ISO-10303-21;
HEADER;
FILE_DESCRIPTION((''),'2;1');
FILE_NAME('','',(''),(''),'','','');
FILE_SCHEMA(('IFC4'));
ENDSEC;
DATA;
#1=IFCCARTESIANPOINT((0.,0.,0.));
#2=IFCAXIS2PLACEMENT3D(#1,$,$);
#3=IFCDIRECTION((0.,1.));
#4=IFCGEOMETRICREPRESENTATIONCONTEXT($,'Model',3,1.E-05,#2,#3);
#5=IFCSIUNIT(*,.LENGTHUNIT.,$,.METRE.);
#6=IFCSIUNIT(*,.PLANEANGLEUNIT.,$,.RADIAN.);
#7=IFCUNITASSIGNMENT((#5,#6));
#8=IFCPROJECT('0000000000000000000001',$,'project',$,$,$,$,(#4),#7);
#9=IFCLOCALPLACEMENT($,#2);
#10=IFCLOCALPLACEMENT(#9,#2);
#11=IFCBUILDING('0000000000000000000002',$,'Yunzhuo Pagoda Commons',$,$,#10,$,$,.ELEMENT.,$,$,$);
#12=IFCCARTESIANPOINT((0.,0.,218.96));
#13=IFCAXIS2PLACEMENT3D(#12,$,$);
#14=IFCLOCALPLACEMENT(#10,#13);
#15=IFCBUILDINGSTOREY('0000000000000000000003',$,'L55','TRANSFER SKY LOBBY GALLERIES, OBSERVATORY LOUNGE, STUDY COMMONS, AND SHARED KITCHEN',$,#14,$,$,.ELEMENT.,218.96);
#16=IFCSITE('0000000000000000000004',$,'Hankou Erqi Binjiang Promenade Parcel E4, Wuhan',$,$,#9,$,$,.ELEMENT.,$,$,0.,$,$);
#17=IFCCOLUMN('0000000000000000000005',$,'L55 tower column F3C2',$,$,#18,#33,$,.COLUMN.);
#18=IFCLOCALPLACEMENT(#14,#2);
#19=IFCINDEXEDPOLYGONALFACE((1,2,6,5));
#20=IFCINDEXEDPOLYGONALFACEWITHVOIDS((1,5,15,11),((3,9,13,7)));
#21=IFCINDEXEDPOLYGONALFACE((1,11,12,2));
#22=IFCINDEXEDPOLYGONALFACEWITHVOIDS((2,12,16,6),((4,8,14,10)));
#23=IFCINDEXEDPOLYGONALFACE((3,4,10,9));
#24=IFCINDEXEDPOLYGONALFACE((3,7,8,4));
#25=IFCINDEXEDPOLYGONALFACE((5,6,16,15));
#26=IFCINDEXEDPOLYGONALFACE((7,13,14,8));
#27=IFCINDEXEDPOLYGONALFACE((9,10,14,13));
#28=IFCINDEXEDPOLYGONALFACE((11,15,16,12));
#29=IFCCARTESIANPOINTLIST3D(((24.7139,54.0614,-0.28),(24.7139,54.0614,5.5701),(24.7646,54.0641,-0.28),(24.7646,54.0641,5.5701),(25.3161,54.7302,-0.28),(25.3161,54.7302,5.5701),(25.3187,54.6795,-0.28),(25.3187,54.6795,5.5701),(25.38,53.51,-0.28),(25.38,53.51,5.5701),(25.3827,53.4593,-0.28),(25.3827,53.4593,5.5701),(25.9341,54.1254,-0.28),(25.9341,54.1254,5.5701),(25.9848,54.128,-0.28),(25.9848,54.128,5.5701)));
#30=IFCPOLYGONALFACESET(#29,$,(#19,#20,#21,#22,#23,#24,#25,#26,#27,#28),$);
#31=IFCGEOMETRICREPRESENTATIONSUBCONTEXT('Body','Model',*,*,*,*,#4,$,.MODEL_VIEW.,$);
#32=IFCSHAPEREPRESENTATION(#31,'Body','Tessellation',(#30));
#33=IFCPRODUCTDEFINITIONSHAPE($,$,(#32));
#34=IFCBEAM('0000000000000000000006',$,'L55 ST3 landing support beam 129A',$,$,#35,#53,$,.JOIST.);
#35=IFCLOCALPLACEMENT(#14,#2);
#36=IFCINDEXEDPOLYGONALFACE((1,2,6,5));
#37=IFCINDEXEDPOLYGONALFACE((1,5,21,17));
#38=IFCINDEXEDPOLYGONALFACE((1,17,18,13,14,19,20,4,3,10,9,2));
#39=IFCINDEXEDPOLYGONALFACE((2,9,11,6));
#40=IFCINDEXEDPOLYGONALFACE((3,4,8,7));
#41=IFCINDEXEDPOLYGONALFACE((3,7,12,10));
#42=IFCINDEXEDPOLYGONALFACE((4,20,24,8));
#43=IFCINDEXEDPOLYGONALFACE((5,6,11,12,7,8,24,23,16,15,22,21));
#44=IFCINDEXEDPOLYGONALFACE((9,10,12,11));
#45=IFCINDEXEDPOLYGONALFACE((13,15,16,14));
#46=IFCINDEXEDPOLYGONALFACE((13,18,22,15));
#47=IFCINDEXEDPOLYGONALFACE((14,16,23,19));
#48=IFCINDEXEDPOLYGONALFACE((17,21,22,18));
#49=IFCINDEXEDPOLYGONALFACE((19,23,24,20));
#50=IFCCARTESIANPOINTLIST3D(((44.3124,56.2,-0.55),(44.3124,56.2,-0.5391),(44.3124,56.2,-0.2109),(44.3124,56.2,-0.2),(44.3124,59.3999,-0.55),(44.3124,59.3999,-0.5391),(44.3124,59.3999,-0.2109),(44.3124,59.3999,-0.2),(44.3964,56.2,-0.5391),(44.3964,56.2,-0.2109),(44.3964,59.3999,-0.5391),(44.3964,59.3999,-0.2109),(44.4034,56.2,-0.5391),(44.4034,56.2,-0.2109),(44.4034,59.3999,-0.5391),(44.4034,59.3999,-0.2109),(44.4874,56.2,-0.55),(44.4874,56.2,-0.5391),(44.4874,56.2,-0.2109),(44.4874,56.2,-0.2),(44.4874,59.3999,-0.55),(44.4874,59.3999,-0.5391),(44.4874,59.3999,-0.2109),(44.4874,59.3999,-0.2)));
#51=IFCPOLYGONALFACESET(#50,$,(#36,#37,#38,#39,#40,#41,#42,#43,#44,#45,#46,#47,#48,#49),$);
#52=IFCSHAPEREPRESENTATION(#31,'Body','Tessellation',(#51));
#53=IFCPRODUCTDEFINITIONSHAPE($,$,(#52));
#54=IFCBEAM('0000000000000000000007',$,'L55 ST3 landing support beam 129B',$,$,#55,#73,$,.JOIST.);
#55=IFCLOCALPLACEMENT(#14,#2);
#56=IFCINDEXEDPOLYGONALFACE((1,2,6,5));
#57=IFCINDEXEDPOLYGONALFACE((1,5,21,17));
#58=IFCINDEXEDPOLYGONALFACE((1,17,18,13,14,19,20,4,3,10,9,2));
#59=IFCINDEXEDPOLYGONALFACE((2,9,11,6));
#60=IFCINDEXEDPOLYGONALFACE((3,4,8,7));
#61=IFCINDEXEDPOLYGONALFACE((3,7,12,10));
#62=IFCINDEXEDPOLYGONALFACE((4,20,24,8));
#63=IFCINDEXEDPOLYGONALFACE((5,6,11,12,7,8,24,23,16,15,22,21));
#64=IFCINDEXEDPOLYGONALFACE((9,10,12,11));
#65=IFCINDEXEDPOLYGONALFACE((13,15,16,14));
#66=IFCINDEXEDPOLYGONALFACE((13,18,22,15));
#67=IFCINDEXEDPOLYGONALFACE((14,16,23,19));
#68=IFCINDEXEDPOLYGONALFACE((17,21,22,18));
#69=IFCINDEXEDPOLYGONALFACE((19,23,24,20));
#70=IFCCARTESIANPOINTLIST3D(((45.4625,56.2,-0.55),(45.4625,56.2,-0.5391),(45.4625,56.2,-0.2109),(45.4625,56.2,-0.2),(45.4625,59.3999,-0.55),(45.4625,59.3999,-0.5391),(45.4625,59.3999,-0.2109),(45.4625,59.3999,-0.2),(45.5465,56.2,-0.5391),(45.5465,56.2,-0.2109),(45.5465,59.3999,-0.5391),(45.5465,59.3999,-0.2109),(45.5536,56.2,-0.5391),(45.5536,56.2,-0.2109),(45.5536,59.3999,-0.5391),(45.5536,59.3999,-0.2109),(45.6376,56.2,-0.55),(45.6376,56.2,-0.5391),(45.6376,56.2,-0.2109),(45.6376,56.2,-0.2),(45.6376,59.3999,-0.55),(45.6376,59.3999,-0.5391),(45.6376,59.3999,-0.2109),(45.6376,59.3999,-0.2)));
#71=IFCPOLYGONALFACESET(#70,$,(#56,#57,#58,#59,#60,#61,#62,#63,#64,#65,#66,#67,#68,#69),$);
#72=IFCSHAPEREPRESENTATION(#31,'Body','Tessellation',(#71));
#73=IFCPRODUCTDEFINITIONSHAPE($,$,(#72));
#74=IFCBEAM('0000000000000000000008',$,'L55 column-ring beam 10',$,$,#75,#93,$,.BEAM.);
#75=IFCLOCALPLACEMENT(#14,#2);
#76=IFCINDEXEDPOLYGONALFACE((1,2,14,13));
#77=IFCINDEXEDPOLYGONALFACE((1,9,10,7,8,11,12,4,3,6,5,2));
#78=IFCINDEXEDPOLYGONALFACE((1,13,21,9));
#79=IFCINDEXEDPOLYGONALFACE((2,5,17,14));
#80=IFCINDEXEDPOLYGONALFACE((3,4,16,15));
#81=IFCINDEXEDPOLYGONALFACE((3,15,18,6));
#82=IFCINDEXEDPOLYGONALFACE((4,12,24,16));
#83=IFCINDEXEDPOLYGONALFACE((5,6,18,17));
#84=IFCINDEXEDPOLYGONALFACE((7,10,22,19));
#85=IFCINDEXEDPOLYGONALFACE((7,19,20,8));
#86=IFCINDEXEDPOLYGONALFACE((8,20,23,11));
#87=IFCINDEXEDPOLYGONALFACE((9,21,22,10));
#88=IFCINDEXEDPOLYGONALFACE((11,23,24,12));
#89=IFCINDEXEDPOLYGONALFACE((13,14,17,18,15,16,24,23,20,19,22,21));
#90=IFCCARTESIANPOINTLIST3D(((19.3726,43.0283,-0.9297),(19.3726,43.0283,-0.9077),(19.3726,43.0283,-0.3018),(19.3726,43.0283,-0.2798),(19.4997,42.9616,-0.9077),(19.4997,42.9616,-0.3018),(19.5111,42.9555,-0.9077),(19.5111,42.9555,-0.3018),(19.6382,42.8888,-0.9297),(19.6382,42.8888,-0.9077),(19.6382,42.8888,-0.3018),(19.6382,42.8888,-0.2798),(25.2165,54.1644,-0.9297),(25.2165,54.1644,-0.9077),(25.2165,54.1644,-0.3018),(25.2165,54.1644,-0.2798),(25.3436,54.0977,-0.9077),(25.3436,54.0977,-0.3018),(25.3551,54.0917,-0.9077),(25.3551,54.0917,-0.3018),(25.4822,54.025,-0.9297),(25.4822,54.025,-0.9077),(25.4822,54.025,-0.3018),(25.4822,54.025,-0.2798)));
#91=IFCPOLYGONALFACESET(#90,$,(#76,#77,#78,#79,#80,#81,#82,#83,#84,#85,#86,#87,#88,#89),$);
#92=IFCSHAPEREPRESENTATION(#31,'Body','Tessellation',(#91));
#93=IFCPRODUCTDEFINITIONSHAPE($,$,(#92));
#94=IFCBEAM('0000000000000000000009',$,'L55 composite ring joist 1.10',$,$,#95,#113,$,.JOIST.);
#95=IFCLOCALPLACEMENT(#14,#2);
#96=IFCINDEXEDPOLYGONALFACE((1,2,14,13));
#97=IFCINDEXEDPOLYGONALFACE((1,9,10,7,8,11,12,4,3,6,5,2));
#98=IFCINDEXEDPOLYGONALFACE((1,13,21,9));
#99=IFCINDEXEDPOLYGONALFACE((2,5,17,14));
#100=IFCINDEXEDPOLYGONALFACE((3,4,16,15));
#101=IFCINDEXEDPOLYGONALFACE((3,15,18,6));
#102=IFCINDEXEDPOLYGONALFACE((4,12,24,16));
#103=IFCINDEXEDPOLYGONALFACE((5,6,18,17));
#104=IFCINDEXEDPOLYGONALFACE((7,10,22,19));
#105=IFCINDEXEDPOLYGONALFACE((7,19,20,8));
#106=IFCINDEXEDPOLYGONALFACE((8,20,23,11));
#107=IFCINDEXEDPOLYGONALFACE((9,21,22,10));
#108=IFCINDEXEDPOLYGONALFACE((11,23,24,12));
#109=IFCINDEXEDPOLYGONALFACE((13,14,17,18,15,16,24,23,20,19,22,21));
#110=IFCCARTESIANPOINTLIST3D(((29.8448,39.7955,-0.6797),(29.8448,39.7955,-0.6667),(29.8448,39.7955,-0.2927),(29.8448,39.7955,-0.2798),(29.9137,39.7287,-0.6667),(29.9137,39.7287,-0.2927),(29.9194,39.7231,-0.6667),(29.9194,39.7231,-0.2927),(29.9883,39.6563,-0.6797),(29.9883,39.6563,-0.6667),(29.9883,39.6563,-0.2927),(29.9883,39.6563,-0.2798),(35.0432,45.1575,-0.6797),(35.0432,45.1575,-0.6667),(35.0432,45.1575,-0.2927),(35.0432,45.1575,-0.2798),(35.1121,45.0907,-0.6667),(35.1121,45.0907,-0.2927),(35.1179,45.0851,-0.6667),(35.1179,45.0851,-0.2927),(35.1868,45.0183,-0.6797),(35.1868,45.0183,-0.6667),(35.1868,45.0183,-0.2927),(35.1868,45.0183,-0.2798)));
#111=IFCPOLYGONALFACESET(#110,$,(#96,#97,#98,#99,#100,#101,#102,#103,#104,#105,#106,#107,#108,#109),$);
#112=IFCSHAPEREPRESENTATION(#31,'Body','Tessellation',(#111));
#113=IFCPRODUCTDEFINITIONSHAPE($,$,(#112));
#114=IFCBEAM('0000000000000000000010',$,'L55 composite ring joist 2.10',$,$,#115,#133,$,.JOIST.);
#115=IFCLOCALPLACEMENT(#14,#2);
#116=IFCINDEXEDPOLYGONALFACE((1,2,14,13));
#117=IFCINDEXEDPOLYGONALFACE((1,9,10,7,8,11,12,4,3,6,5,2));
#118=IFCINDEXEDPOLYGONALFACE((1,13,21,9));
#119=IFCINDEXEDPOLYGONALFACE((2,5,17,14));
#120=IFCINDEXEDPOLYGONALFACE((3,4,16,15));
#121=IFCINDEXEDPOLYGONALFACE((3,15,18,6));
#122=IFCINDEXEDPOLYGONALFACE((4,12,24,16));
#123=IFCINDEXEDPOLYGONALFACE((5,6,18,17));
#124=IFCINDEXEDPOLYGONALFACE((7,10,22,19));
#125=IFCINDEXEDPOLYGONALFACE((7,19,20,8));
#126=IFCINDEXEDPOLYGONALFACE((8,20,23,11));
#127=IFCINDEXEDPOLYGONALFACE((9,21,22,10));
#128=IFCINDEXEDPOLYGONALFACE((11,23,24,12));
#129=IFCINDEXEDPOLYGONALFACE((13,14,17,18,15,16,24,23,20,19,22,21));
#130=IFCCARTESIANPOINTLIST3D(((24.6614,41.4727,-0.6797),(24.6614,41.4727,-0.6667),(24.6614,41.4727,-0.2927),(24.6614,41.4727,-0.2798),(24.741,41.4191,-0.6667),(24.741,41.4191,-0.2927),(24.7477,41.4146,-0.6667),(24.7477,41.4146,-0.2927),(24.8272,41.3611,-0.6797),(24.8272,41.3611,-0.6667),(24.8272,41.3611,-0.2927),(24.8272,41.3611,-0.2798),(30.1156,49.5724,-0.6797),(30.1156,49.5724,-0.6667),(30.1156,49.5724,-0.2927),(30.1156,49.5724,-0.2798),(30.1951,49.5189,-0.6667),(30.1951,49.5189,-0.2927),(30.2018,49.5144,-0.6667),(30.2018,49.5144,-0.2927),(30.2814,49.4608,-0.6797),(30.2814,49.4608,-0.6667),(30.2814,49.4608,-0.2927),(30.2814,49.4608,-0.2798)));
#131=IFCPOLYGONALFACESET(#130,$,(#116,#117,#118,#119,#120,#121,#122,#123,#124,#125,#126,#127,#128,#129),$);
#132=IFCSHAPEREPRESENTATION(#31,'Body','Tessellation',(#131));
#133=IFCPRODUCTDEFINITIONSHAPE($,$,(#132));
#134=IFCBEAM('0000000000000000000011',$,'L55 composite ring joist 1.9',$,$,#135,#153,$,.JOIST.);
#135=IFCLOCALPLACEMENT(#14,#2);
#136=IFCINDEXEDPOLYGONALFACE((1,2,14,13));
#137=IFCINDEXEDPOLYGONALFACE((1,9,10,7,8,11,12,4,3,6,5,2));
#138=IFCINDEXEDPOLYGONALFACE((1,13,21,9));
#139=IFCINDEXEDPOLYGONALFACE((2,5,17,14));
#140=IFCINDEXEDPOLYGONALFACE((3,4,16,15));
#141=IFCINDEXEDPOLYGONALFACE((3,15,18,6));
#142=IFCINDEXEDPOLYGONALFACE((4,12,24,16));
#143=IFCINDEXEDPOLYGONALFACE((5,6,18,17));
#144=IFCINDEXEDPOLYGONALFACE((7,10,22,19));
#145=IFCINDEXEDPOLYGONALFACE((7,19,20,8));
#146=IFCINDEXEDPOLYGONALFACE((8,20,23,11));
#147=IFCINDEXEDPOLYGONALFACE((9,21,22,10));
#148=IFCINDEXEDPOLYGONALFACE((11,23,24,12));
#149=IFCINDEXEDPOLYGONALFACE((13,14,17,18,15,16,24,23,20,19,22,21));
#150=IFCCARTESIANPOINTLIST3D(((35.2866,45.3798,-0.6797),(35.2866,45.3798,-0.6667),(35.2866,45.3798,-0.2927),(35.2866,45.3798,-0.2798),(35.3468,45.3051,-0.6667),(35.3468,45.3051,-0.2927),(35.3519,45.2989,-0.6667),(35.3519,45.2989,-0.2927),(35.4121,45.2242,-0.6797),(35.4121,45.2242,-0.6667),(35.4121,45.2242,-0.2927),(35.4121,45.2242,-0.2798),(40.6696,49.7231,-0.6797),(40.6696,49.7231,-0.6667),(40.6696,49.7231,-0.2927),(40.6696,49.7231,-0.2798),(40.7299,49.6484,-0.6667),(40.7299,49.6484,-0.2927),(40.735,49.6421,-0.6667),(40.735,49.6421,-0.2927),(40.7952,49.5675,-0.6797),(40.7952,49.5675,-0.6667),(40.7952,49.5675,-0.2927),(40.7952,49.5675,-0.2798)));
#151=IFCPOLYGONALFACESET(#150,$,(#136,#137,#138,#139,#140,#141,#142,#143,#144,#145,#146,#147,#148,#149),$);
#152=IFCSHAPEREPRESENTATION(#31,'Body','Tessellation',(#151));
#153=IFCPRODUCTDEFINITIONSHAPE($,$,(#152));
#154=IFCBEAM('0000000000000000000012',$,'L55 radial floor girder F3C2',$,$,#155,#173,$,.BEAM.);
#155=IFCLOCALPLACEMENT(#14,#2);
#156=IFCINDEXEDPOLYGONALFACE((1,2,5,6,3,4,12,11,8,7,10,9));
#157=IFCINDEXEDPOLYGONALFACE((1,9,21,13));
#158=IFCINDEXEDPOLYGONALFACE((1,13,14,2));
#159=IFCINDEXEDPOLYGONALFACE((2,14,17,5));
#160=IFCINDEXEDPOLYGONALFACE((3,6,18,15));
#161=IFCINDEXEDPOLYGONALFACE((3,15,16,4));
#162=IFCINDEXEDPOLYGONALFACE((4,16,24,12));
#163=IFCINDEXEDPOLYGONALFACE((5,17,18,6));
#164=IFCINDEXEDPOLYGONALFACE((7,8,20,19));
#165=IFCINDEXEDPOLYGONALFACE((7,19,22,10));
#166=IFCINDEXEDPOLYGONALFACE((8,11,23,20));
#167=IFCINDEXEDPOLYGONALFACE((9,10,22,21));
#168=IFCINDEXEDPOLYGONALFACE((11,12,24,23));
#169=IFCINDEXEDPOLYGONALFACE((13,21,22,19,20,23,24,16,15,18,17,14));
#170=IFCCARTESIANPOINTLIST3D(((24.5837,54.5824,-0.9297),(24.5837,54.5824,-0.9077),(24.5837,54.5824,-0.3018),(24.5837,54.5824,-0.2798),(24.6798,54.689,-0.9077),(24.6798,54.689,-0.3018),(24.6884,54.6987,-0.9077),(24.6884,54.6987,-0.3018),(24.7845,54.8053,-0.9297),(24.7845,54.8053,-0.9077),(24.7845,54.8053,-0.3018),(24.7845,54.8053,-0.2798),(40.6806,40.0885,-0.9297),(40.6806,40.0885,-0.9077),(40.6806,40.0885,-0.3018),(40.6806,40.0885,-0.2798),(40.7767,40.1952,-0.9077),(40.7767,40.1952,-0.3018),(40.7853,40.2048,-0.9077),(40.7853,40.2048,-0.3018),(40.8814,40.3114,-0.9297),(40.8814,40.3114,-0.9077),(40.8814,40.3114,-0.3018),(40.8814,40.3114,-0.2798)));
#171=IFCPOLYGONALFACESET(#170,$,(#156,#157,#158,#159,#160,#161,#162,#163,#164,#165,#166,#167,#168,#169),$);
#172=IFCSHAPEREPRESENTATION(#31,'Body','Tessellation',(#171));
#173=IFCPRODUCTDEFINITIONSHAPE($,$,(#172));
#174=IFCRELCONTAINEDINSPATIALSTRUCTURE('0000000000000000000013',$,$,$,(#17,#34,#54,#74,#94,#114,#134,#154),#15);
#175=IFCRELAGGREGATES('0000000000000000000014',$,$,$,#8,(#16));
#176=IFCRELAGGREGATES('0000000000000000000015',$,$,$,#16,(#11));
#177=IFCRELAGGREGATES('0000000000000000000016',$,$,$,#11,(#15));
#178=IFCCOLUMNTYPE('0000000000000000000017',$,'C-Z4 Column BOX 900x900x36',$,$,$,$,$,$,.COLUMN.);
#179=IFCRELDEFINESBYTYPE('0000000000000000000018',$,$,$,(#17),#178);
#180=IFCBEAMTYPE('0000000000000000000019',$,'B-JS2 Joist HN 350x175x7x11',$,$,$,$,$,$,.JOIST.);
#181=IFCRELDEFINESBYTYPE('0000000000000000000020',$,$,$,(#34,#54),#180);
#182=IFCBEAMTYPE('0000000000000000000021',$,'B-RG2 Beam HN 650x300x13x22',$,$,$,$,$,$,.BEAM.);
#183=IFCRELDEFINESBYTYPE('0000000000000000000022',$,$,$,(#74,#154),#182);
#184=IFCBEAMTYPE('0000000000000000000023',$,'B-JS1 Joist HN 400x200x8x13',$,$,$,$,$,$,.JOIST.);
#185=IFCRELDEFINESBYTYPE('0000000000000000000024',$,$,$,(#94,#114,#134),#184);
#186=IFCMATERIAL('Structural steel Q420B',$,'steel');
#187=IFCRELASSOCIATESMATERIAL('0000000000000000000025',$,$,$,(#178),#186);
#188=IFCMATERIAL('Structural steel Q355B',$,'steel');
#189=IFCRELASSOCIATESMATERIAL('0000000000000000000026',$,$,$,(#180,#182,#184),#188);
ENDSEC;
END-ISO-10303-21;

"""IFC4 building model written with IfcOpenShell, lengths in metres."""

from ifc_helpers import new_model, si_unit, direction, frame, origin, origin_2d, place, context, subcontext, project, spatial, hollow_rectangle, i_section, extrude, source, transform, mapped, material, material_profile, profile_set, type_object, element, save


model = new_model("IFC4")

# Units and contexts
model_context = context("Model", 3, precision=1e-05, world=origin(), true_north=direction((0.0, 1.0)))
body_context = subcontext(model_context, "Body", "Model", "MODEL_VIEW")
ifc_project = project(units=[si_unit("LENGTHUNIT", "METRE"), si_unit("PLANEANGLEUNIT", "RADIAN")], contexts=[model_context])

# Site, building, storey
site_placement = place(None, origin())
site = spatial("IfcSite", under=ifc_project, at=site_placement, Name="Hankou Erqi Binjiang Promenade Parcel E4, Wuhan", CompositionType="ELEMENT", RefElevation=0.0)
building_placement = place(site_placement, origin())
building = spatial("IfcBuilding", under=site, at=building_placement, Name="Yunzhuo Pagoda Commons", CompositionType="ELEMENT")
storey_placement = place(building_placement, frame((0.0, 0.0, 218.96)))
storey = spatial("IfcBuildingStorey", under=building, at=storey_placement, Name="L55", Description="TRANSFER SKY LOBBY GALLERIES, OBSERVATORY LOUNGE, STUDY COMMONS, AND SHARED KITCHEN", CompositionType="ELEMENT", Elevation=218.96)

# Column
ifc_material_1 = material(Name="Structural steel Q420B", Category="steel")
ifc_material_profile_1 = material_profile(ifc_material_1, hollow_rectangle(XDim=0.8999, YDim=0.8999, WallThickness=0.0359, at=origin_2d()), Name="Structural steel Q420B")
ifc_profile_set_1 = profile_set([ifc_material_profile_1], Name="Structural steel Q420B")
column_type = type_object("IfcColumnType", Name="C-Z4 Column BOX 900x900x36", PredefinedType="COLUMN", material=ifc_profile_set_1)
shared_shape_1 = source(origin(), body_context, "Body", "SweptSolid", [
    extrude(hollow_rectangle(XDim=0.8999, YDim=0.8999, WallThickness=0.0359, at=origin_2d()), origin(), (0.0, 0.0, 1.0), 5.8501),
])
column_placement = place(storey_placement, frame((25.3494, 54.0947, -0.28), z_axis=(0.0, 0.0, 1.0), x_axis=(-0.669131, -0.743145, 0.0)))
element("IfcColumn", 1, at=column_placement, inside=storey, type_object=column_type, Name="L55 tower column F3C2", PredefinedType="COLUMN", context=body_context, shape_type="MappedRepresentation", body=[
    mapped(shared_shape_1, transform((0.0, 0.0, 0.0), scale=1.0)),
])

# Beams
ifc_material_2 = material(Name="Structural steel Q355B", Category="steel")
ifc_material_profile_2 = material_profile(ifc_material_2, i_section(OverallWidth=0.175, OverallDepth=0.3501, WebThickness=0.0071, FlangeThickness=0.011, at=origin_2d()), Name="Structural steel Q355B")
ifc_profile_set_2 = profile_set([ifc_material_profile_2], Name="Structural steel Q355B")
beam_type_1 = type_object("IfcBeamType", Name="B-JS2 Joist HN 350x175x7x11", PredefinedType="JOIST", material=ifc_profile_set_2)
shared_shape_2 = source(origin(), body_context, "Body", "SweptSolid", [
    extrude(i_section(OverallWidth=0.175, OverallDepth=0.3501, WebThickness=0.0071, FlangeThickness=0.011, at=origin_2d()), origin(), (0.0, 0.0, 1.0), 3.2),
])
for number, where, z_axis, x_axis, name in (
    (2, (44.3999, 56.2, -0.375), (0.0, 1.0, 0.0), (-1.0, 0.0, 0.0), "L55 ST3 landing support beam 129A"),
    (3, (45.55, 56.2, -0.375), (0.0, 1.0, 0.0), (-1.0, 0.0, 0.0), "L55 ST3 landing support beam 129B"),
):
    element("IfcBeam", number, at=place(storey_placement, frame(where, z_axis=z_axis, x_axis=x_axis)), inside=storey, type_object=beam_type_1, Name=name, PredefinedType="JOIST", context=body_context, shape_type="MappedRepresentation", body=[
        mapped(shared_shape_2, transform((0.0, 0.0, 0.0), scale=1.0)),
    ])
ifc_material_profile_3 = material_profile(ifc_material_2, i_section(OverallWidth=0.3, OverallDepth=0.6499, WebThickness=0.0129, FlangeThickness=0.022, at=origin_2d()), Name="Structural steel Q355B")
ifc_profile_set_3 = profile_set([ifc_material_profile_3], Name="Structural steel Q355B")
beam_type_2 = type_object("IfcBeamType", Name="B-RG2 Beam HN 650x300x13x22", PredefinedType="BEAM", material=ifc_profile_set_3)
shared_shape_3 = source(origin(), body_context, "Body", "SweptSolid", [
    extrude(i_section(OverallWidth=0.3, OverallDepth=0.6499, WebThickness=0.0129, FlangeThickness=0.022, at=origin_2d()), origin(), (0.0, 0.0, 1.0), 12.5764),
])
beam_1_placement = place(storey_placement, frame((25.3494, 54.0947, -0.6047), z_axis=(-0.464676, -0.885481, 0.0), x_axis=(0.885481, -0.464676, 0.0)))
element("IfcBeam", 4, at=beam_1_placement, inside=storey, type_object=beam_type_2, Name="L55 column-ring beam 10", PredefinedType="BEAM", context=body_context, shape_type="MappedRepresentation", body=[
    mapped(shared_shape_3, transform((0.0, 0.0, 0.0), scale=1.0)),
])
ifc_material_profile_4 = material_profile(ifc_material_2, i_section(OverallWidth=0.2, OverallDepth=0.3999, WebThickness=0.0081, FlangeThickness=0.0129, at=origin_2d()), Name="Structural steel Q355B")
ifc_profile_set_4 = profile_set([ifc_material_profile_4], Name="Structural steel Q355B")
beam_type_3 = type_object("IfcBeamType", Name="B-JS1 Joist HN 400x200x8x13", PredefinedType="JOIST", material=ifc_profile_set_4)
shared_shape_4 = source(origin(), body_context, "Body", "SweptSolid", [
    extrude(i_section(OverallWidth=0.2, OverallDepth=0.3999, WebThickness=0.0081, FlangeThickness=0.0129, at=origin_2d()), origin(), (0.0, 0.0, 1.0), 7.4683),
])
beam_2_placement = place(storey_placement, frame((35.115, 45.0879, -0.4797), z_axis=(-0.696071, -0.717973, 0.0), x_axis=(0.717973, -0.696071, 0.0)))
element("IfcBeam", 5, at=beam_2_placement, inside=storey, type_object=beam_type_3, Name="L55 composite ring joist 1.10", PredefinedType="JOIST", context=body_context, shape_type="MappedRepresentation", body=[
    mapped(shared_shape_4, transform((0.0, 0.0, 0.0), scale=1.0)),
])
shared_shape_5 = source(origin(), body_context, "Body", "SweptSolid", [
    extrude(i_section(OverallWidth=0.2, OverallDepth=0.3999, WebThickness=0.0081, FlangeThickness=0.0129, at=origin_2d()), origin(), (0.0, 0.0, 1.0), 9.7649),
])
beam_3_placement = place(storey_placement, frame((30.1985, 49.5166, -0.4797), z_axis=(-0.558548, -0.829472, 0.0), x_axis=(0.829472, -0.558548, 0.0)))
element("IfcBeam", 6, at=beam_3_placement, inside=storey, type_object=beam_type_3, Name="L55 composite ring joist 2.10", PredefinedType="JOIST", context=body_context, shape_type="MappedRepresentation", body=[
    mapped(shared_shape_5, transform((0.0, 0.0, 0.0), scale=1.0)),
])
shared_shape_6 = source(origin(), body_context, "Body", "SweptSolid", [
    extrude(i_section(OverallWidth=0.2, OverallDepth=0.3999, WebThickness=0.0081, FlangeThickness=0.0129, at=origin_2d()), origin(), (0.0, 0.0, 1.0), 6.9167),
])
beam_4_placement = place(storey_placement, frame((40.7324, 49.6453, -0.4797), z_axis=(-0.778266, -0.627935, 0.0), x_axis=(0.627935, -0.778266, 0.0)))
element("IfcBeam", 7, at=beam_4_placement, inside=storey, type_object=beam_type_3, Name="L55 composite ring joist 1.9", PredefinedType="JOIST", context=body_context, shape_type="MappedRepresentation", body=[
    mapped(shared_shape_6, transform((0.0, 0.0, 0.0), scale=1.0)),
])
shared_shape_7 = source(origin(), body_context, "Body", "SweptSolid", [
    extrude(i_section(OverallWidth=0.3, OverallDepth=0.6499, WebThickness=0.0129, FlangeThickness=0.022, at=origin_2d()), origin(), (0.0, 0.0, 1.0), 21.6606),
])
beam_5_placement = place(storey_placement, frame((24.6841, 54.6938, -0.6047), z_axis=(0.743141, -0.669135, 0.0), x_axis=(0.669135, 0.743141, 0.0)))
element("IfcBeam", 8, at=beam_5_placement, inside=storey, type_object=beam_type_2, Name="L55 radial floor girder F3C2", PredefinedType="BEAM", context=body_context, shape_type="MappedRepresentation", body=[
    mapped(shared_shape_7, transform((0.0, 0.0, 0.0), scale=1.0)),
])

save(model, "model.ifc")
